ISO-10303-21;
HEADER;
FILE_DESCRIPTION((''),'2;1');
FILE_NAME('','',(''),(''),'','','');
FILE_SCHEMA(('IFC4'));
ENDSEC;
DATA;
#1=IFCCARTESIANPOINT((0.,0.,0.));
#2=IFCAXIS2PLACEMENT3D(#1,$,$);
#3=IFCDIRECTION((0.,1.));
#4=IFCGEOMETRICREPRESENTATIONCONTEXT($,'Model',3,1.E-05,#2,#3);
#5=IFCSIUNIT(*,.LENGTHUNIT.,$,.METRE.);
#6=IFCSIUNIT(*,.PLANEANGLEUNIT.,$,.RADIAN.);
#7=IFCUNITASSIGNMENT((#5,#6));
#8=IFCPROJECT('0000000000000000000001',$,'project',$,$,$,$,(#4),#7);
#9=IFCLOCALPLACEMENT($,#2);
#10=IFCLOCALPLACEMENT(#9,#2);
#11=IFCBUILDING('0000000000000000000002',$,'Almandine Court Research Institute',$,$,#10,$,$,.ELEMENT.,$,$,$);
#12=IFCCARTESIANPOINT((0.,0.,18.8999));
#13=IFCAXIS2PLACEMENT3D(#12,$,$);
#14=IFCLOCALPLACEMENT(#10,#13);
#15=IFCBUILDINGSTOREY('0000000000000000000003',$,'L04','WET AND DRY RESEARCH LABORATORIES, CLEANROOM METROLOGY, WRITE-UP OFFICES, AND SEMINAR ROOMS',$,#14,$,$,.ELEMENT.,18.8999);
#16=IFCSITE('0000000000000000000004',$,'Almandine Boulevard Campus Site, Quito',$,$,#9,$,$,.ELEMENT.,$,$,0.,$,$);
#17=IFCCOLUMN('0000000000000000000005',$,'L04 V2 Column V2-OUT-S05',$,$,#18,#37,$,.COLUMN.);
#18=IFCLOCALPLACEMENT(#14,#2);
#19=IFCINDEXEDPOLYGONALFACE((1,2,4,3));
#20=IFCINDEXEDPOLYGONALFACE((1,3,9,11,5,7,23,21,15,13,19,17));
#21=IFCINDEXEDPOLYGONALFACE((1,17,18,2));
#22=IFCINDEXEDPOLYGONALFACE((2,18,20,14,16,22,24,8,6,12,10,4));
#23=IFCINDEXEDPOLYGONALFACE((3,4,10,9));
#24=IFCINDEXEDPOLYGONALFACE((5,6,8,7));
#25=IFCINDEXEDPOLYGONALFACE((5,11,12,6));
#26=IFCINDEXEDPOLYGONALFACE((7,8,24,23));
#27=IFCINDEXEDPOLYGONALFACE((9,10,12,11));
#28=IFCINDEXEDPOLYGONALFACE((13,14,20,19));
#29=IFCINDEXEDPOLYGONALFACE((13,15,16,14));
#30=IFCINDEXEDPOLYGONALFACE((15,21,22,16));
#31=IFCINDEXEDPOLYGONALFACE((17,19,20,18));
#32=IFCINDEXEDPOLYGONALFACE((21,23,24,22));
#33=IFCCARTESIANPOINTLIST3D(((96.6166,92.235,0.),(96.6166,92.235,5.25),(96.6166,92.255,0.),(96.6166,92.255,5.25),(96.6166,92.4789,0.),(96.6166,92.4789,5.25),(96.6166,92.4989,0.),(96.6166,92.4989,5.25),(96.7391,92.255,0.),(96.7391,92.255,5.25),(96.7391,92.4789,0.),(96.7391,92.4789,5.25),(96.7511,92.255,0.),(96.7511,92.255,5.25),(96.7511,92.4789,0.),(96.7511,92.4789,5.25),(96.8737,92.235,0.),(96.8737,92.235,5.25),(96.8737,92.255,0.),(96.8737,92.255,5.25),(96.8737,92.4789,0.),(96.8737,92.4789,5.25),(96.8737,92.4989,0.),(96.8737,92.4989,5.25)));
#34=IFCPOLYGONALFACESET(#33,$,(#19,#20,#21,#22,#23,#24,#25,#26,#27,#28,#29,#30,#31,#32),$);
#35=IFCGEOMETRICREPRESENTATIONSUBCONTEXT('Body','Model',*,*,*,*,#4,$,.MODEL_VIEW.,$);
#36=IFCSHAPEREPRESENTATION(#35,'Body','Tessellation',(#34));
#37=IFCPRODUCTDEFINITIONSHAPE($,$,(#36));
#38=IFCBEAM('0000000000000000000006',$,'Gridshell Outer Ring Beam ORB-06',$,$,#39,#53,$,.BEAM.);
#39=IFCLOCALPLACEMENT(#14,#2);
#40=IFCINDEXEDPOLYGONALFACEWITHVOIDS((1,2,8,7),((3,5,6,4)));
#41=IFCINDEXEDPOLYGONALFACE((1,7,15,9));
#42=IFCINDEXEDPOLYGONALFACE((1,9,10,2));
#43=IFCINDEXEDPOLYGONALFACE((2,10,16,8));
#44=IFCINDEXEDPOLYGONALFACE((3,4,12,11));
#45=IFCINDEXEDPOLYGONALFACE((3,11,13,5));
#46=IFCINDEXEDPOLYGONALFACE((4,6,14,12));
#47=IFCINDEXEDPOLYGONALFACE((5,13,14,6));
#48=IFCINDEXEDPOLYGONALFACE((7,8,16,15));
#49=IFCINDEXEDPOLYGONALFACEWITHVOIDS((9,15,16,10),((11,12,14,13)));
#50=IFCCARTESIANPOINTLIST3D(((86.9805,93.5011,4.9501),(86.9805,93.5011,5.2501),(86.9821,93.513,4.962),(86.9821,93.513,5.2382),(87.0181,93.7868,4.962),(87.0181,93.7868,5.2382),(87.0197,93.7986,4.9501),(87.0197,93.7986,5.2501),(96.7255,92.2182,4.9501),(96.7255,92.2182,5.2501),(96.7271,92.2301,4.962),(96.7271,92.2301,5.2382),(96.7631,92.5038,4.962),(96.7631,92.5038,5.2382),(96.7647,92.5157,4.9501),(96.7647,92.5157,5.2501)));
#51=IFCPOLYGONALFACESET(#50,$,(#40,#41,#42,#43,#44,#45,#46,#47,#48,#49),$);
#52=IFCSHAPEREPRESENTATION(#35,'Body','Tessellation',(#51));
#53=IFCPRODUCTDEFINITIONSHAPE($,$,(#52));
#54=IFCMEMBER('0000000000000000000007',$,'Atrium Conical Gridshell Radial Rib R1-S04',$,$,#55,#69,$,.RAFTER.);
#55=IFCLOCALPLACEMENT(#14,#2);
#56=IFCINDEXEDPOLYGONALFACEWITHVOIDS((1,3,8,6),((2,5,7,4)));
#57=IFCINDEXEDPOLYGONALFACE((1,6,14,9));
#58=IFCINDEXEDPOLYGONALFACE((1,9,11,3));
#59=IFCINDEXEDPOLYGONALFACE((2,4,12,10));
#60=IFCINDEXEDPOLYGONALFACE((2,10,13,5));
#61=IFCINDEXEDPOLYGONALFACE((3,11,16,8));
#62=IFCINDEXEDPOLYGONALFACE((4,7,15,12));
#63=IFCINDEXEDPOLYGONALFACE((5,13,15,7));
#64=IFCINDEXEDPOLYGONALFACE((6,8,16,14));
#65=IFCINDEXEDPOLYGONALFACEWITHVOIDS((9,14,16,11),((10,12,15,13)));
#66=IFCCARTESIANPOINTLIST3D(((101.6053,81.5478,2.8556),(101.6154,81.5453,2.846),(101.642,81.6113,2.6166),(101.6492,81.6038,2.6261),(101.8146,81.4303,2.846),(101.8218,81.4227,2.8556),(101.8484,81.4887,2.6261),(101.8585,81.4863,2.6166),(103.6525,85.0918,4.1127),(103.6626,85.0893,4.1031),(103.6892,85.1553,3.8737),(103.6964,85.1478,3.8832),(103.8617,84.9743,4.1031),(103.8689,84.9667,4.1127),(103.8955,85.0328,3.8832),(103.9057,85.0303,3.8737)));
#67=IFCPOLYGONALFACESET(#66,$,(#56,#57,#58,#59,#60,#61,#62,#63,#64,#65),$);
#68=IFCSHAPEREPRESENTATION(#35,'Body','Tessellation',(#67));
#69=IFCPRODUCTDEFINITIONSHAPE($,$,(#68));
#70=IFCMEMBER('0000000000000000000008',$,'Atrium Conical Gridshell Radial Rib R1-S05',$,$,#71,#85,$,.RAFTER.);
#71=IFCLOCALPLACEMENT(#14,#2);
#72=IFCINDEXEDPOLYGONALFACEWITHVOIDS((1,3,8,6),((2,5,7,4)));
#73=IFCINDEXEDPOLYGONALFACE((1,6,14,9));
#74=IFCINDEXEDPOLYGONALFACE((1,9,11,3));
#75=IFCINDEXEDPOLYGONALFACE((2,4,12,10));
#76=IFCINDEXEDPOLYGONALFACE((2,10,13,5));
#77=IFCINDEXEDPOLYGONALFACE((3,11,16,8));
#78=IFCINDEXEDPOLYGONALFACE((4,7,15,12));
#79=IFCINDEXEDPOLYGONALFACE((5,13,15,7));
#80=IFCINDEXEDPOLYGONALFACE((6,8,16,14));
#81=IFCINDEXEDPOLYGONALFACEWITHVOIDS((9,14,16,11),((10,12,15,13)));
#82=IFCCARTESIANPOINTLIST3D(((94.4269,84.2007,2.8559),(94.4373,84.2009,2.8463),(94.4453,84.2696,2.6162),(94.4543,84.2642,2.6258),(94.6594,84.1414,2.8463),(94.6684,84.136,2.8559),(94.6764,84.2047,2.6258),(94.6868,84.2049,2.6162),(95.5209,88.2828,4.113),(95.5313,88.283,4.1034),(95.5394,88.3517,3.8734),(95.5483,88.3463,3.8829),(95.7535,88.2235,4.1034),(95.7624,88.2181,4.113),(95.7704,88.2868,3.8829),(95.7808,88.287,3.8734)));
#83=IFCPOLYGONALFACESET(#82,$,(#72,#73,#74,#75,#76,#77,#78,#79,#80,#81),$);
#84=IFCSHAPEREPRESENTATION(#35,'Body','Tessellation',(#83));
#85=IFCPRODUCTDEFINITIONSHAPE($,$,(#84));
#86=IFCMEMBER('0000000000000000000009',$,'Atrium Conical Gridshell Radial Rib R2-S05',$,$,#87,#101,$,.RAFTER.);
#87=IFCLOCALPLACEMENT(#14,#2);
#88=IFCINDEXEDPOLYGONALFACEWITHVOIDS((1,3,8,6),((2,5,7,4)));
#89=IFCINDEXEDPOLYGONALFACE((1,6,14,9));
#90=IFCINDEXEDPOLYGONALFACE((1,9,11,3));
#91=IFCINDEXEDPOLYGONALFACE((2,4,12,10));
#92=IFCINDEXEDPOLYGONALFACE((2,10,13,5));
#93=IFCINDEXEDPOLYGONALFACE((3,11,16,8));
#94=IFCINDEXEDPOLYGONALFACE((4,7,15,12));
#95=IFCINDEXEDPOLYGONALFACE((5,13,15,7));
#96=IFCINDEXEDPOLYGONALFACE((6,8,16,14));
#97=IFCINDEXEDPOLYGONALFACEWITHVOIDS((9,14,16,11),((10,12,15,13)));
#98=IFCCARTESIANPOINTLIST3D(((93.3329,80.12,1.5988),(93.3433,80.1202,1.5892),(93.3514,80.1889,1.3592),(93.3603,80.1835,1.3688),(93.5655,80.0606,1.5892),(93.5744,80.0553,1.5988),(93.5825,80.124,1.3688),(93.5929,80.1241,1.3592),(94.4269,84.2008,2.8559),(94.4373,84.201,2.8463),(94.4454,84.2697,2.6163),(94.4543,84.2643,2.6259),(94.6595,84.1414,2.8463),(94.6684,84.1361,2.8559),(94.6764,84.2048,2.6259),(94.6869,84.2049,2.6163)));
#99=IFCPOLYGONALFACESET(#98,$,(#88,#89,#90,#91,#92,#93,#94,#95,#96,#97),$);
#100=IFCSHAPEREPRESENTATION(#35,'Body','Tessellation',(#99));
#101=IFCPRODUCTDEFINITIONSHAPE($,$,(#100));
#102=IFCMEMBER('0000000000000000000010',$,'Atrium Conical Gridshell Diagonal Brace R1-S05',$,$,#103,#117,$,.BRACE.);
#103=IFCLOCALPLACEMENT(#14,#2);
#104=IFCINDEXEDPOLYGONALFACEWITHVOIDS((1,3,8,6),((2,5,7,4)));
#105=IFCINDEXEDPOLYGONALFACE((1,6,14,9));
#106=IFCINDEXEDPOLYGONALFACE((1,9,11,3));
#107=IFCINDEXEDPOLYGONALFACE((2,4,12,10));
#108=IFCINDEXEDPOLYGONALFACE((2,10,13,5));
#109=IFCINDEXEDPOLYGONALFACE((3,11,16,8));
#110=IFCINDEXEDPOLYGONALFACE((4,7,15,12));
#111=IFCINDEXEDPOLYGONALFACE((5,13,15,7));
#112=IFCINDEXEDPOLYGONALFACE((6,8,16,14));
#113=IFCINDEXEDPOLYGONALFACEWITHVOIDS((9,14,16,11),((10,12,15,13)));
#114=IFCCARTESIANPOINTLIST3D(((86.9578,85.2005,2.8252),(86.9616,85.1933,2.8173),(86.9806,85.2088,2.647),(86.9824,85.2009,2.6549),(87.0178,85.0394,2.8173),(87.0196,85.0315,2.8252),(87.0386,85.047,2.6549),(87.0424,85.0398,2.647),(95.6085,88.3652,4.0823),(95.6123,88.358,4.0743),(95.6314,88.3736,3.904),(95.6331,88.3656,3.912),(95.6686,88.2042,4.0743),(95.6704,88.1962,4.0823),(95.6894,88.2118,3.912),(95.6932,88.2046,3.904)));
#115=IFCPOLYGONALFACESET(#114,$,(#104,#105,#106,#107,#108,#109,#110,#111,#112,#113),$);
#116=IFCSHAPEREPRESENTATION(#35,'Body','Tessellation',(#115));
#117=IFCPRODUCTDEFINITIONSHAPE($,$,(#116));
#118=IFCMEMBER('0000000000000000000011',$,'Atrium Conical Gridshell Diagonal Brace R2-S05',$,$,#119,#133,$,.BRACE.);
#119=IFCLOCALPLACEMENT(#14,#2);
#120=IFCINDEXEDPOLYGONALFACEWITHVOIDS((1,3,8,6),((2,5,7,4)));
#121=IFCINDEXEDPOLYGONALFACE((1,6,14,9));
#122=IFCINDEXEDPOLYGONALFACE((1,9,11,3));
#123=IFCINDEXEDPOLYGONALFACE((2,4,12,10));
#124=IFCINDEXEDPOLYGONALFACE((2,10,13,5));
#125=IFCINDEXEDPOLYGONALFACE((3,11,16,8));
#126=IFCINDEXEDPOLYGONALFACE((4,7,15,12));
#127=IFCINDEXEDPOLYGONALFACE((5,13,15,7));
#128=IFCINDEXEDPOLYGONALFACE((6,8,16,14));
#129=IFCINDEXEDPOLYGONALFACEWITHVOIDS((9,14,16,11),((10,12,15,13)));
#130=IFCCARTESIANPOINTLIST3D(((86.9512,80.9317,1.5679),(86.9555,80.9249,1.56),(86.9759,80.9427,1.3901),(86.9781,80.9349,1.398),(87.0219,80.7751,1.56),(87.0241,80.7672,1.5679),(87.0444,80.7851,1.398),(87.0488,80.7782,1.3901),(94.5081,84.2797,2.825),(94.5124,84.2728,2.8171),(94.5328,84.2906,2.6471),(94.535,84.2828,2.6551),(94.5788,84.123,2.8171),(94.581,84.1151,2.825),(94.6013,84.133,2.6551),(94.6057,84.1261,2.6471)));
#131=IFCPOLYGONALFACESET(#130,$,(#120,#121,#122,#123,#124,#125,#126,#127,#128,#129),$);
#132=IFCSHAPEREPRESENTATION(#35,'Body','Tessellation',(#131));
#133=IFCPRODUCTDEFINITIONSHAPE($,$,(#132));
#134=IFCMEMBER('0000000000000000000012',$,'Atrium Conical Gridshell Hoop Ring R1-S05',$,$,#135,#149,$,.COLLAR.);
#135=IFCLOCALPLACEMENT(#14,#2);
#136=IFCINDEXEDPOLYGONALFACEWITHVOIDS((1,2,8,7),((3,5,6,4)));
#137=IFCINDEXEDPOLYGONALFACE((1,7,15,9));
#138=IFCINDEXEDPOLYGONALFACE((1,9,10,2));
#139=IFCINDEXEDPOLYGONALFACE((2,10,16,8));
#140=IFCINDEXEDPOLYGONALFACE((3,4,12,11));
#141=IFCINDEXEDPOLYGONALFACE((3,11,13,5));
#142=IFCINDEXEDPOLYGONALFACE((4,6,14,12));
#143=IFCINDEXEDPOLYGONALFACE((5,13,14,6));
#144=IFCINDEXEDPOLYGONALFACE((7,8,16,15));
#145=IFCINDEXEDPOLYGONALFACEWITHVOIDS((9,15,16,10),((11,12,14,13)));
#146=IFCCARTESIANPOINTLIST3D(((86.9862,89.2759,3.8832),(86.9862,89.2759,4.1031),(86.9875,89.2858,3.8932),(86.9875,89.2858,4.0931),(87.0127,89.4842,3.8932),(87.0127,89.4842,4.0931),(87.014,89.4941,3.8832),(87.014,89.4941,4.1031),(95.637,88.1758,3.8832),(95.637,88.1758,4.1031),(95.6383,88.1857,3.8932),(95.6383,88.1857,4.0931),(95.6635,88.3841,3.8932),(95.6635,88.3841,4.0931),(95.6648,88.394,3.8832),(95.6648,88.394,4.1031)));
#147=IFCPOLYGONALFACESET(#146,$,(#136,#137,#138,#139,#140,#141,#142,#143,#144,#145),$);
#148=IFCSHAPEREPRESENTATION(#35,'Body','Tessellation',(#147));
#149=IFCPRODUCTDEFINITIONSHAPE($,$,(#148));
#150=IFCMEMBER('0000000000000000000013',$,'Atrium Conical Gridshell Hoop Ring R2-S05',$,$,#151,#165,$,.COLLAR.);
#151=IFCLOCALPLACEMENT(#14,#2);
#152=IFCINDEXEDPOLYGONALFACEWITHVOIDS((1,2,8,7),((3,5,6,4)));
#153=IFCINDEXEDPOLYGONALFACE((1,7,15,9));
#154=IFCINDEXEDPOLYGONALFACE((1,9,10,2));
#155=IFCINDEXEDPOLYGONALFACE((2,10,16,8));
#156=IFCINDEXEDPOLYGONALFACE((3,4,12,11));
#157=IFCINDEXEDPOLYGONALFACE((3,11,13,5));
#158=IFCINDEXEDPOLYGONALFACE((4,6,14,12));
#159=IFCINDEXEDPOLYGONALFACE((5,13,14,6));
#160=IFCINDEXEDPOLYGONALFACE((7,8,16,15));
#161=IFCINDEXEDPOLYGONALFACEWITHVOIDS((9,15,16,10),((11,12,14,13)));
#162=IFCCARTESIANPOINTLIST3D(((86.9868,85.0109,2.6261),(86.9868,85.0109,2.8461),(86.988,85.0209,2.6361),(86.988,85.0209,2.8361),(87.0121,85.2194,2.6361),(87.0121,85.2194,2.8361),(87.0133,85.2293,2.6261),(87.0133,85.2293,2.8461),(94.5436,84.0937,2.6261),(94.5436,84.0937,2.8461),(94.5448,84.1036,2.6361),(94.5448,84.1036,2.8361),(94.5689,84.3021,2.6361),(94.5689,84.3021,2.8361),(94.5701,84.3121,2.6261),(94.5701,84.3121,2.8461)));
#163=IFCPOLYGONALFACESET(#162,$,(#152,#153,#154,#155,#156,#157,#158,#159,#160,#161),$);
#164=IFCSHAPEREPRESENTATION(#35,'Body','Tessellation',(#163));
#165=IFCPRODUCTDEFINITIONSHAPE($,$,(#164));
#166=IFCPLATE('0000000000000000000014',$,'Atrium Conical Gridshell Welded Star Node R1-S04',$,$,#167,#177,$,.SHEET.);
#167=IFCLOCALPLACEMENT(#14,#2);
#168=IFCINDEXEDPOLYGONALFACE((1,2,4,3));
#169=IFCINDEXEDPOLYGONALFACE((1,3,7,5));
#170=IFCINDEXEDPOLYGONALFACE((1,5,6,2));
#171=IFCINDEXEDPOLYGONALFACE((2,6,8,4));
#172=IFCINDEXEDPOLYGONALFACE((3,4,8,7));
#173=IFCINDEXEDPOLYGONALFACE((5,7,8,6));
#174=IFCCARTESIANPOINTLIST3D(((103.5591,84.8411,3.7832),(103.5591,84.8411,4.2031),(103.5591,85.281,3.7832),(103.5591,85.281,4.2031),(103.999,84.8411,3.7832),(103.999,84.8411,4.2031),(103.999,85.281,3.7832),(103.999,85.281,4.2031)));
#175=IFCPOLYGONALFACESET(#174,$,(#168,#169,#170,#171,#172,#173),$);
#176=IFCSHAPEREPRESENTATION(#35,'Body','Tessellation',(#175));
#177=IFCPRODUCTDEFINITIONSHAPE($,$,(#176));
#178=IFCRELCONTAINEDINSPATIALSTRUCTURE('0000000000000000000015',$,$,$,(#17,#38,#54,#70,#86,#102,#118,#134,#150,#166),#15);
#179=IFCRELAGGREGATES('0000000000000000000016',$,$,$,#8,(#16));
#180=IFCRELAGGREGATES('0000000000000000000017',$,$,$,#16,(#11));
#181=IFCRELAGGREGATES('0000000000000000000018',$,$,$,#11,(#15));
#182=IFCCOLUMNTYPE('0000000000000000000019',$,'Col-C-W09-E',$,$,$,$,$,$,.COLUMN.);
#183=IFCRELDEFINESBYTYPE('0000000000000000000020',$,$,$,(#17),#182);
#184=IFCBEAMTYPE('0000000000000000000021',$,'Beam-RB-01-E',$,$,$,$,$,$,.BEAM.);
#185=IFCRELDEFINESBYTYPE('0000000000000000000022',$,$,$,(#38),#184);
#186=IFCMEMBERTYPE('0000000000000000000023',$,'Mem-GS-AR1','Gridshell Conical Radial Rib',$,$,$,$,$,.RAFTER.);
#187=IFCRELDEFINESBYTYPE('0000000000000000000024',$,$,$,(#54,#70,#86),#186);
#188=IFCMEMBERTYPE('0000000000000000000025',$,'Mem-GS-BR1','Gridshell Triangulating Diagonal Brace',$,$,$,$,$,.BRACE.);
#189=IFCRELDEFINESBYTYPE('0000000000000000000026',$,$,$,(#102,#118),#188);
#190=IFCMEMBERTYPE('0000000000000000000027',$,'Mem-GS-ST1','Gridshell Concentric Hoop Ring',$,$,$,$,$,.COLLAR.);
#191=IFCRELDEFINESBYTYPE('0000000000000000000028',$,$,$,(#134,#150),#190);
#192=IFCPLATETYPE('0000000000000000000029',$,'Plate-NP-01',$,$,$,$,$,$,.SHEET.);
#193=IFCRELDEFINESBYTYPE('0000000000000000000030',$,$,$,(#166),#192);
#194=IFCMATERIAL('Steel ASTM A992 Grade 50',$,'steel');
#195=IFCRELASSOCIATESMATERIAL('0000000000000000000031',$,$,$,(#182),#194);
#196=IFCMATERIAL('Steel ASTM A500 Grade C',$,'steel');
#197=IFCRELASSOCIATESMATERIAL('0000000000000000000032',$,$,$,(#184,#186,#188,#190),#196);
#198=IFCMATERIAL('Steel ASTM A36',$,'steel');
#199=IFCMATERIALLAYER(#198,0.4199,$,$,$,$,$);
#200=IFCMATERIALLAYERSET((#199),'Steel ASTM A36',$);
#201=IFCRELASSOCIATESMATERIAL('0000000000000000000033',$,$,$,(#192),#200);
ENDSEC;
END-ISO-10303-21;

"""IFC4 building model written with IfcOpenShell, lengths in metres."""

from ifc_helpers import new_model, si_unit, direction, frame, origin, origin_2d, place, context, subcontext, project, spatial, rectangle, hollow_rectangle, i_section, extrude, material, layer, layer_set, material_profile, profile_set, type_object, element, save


model = new_model("IFC4")

# Units and contexts
model_context = context("Model", 3, precision=1e-05, world=origin(), true_north=direction((0.0, 1.0)))
body_context = subcontext(model_context, "Body", "Model", "MODEL_VIEW")
ifc_project = project(units=[si_unit("LENGTHUNIT", "METRE"), si_unit("PLANEANGLEUNIT", "RADIAN")], contexts=[model_context])

# Site, building, storey
site_placement = place(None, origin())
site = spatial("IfcSite", under=ifc_project, at=site_placement, Name="Almandine Boulevard Campus Site, Quito", CompositionType="ELEMENT", RefElevation=0.0)
building_placement = place(site_placement, origin())
building = spatial("IfcBuilding", under=site, at=building_placement, Name="Almandine Court Research Institute", CompositionType="ELEMENT")
storey_placement = place(building_placement, frame((0.0, 0.0, 18.8999)))
storey = spatial("IfcBuildingStorey", under=building, at=storey_placement, Name="L04", Description="WET AND DRY RESEARCH LABORATORIES, CLEANROOM METROLOGY, WRITE-UP OFFICES, AND SEMINAR ROOMS", CompositionType="ELEMENT", Elevation=18.8999)

# Column
ifc_material_1 = material(Name="Steel ASTM A992 Grade 50", Category="steel")
ifc_material_profile_1 = material_profile(ifc_material_1, i_section(OverallWidth=0.2571, OverallDepth=0.2639, WebThickness=0.012, FlangeThickness=0.02, at=origin_2d()), Name="W250x101")
ifc_profile_set_1 = profile_set([ifc_material_profile_1], Name="Steel ASTM A992 Grade 50")
column_type = type_object("IfcColumnType", Name="Col-C-W09-E", PredefinedType="COLUMN", material=ifc_profile_set_1)
column_placement = place(storey_placement, frame((96.7451, 92.3669, 0.0), z_axis=(0.0, 0.0, 1.0), x_axis=(1.0, 0.0, 0.0)))
element("IfcColumn", 1, at=column_placement, inside=storey, type_object=column_type, Name="L04 V2 Column V2-OUT-S05", PredefinedType="COLUMN", context=body_context, shape_type="SweptSolid", body=[
    extrude(i_section(OverallWidth=0.2571, OverallDepth=0.2639, WebThickness=0.012, FlangeThickness=0.02, at=origin_2d()), origin(), (0.0, 0.0, 1.0), 5.25),
])

# Beam
ifc_material_2 = material(Name="Steel ASTM A500 Grade C", Category="steel")
ifc_material_profile_2 = material_profile(ifc_material_2, hollow_rectangle(XDim=0.3, YDim=0.3, WallThickness=0.012, at=origin_2d()), Name="HSS 300x300x12")
ifc_profile_set_2 = profile_set([ifc_material_profile_2], Name="Steel ASTM A500 Grade C")
beam_type = type_object("IfcBeamType", Name="Beam-RB-01-E", PredefinedType="BEAM", material=ifc_profile_set_2)
beam_placement = place(storey_placement, frame((96.7451, 92.3669, 5.1001), z_axis=(-0.991445, 0.130525, 0.0), x_axis=(-0.130525, -0.991445, 0.0)))
element("IfcBeam", 2, at=beam_placement, inside=storey, type_object=beam_type, Name="Gridshell Outer Ring Beam ORB-06", PredefinedType="BEAM", context=body_context, shape_type="SweptSolid", body=[
    extrude(hollow_rectangle(XDim=0.3, YDim=0.3, WallThickness=0.012, at=origin_2d()), origin(), (0.0, 0.0, 1.0), 9.8291),
])

# Members
ifc_material_profile_3 = material_profile(ifc_material_2, hollow_rectangle(XDim=0.25, YDim=0.25, WallThickness=0.01, at=origin_2d()), Name="HSS 250x250x10")
ifc_profile_set_3 = profile_set([ifc_material_profile_3], Name="Steel ASTM A500 Grade C")
member_type_1 = type_object("IfcMemberType", Name="Mem-GS-AR1", Description="Gridshell Conical Radial Rib", PredefinedType="RAFTER", material=ifc_profile_set_3)
member_1_placement = place(storey_placement, frame((103.7791, 85.061, 3.9932), z_axis=(-0.478141, -0.827751, -0.293613), x_axis=(0.865917, -0.500187, 0.0)))
element("IfcMember", 3, at=member_1_placement, inside=storey, type_object=member_type_1, Name="Atrium Conical Gridshell Radial Rib R1-S04", PredefinedType="RAFTER", context=body_context, shape_type="SweptSolid", body=[
    extrude(hollow_rectangle(XDim=0.25, YDim=0.25, WallThickness=0.01, at=origin_2d()), origin(), (0.0, 0.0, 1.0), 4.2815),
])
member_2_placement = place(storey_placement, frame((95.6509, 88.2849, 3.9932), z_axis=(-0.248123, -0.925822, -0.285111), x_axis=(0.965913, -0.258867, 0.0)))
element("IfcMember", 4, at=member_2_placement, inside=storey, type_object=member_type_1, Name="Atrium Conical Gridshell Radial Rib R1-S05", PredefinedType="RAFTER", context=body_context, shape_type="SweptSolid", body=[
    extrude(hollow_rectangle(XDim=0.25, YDim=0.25, WallThickness=0.01, at=origin_2d()), origin(), (0.0, 0.0, 1.0), 4.4092),
])
member_3_placement = place(storey_placement, frame((94.5569, 84.2029, 2.7361), z_axis=(-0.248186, -0.925783, -0.285184), x_axis=(0.965894, -0.258939, 0.0)))
element("IfcMember", 5, at=member_3_placement, inside=storey, type_object=member_type_1, Name="Atrium Conical Gridshell Radial Rib R2-S05", PredefinedType="RAFTER", context=body_context, shape_type="SweptSolid", body=[
    extrude(hollow_rectangle(XDim=0.25, YDim=0.25, WallThickness=0.01, at=origin_2d()), origin(), (0.0, 0.0, 1.0), 4.408),
])
ifc_material_profile_4 = material_profile(ifc_material_2, hollow_rectangle(XDim=0.1799, YDim=0.1799, WallThickness=0.0081, at=origin_2d()), Name="HSS 180x180x8")
ifc_profile_set_4 = profile_set([ifc_material_profile_4], Name="Steel ASTM A500 Grade C")
member_type_2 = type_object("IfcMemberType", Name="Mem-GS-BR1", Description="Gridshell Triangulating Diagonal Brace", PredefinedType="BRACE", material=ifc_profile_set_4)
member_4_placement = place(storey_placement, frame((95.6509, 88.2849, 3.9932), z_axis=(-0.930504, -0.340411, -0.135214), x_axis=(0.343566, -0.939128, 0.0)))
element("IfcMember", 6, at=member_4_placement, inside=storey, type_object=member_type_2, Name="Atrium Conical Gridshell Diagonal Brace R1-S05", PredefinedType="BRACE", context=body_context, shape_type="SweptSolid", body=[
    extrude(hollow_rectangle(XDim=0.1799, YDim=0.1799, WallThickness=0.0081, at=origin_2d()), origin(), (0.0, 0.0, 1.0), 9.2969),
])
member_5_placement = place(storey_placement, frame((94.5569, 84.2029, 2.7361), z_axis=(-0.903897, -0.400451, -0.150362), x_axis=(0.405056, -0.914292, 0.0)))
element("IfcMember", 7, at=member_5_placement, inside=storey, type_object=member_type_2, Name="Atrium Conical Gridshell Diagonal Brace R2-S05", PredefinedType="BRACE", context=body_context, shape_type="SweptSolid", body=[
    extrude(hollow_rectangle(XDim=0.1799, YDim=0.1799, WallThickness=0.0081, at=origin_2d()), origin(), (0.0, 0.0, 1.0), 8.3604),
])
ifc_material_profile_5 = material_profile(ifc_material_2, hollow_rectangle(XDim=0.22, YDim=0.22, WallThickness=0.01, at=origin_2d()), Name="HSS 220x220x10")
ifc_profile_set_5 = profile_set([ifc_material_profile_5], Name="Steel ASTM A500 Grade C")
member_type_3 = type_object("IfcMemberType", Name="Mem-GS-ST1", Description="Gridshell Concentric Hoop Ring", PredefinedType="COLLAR", material=ifc_profile_set_5)
member_6_placement = place(storey_placement, frame((95.6509, 88.2849, 3.9932), z_axis=(-0.992011, 0.12615, 0.0), x_axis=(-0.12615, -0.992011, 0.0)))
element("IfcMember", 8, at=member_6_placement, inside=storey, type_object=member_type_3, Name="Atrium Conical Gridshell Hoop Ring R1-S05", PredefinedType="COLLAR", context=body_context, shape_type="SweptSolid", body=[
    extrude(hollow_rectangle(XDim=0.22, YDim=0.22, WallThickness=0.01, at=origin_2d()), origin(), (0.0, 0.0, 1.0), 8.7205),
])
member_7_placement = place(storey_placement, frame((94.5569, 84.2029, 2.7361), z_axis=(-0.992714, 0.120493, 0.0), x_axis=(-0.120493, -0.992714, 0.0)))
element("IfcMember", 9, at=member_7_placement, inside=storey, type_object=member_type_3, Name="Atrium Conical Gridshell Hoop Ring R2-S05", PredefinedType="COLLAR", context=body_context, shape_type="SweptSolid", body=[
    extrude(hollow_rectangle(XDim=0.22, YDim=0.22, WallThickness=0.01, at=origin_2d()), origin(), (0.0, 0.0, 1.0), 7.6123),
])

# Plate
ifc_material_3 = material(Name="Steel ASTM A36", Category="steel")
ifc_layer_1 = layer(ifc_material_3, 0.4199)
ifc_layer_set_1 = layer_set([ifc_layer_1], Name="Steel ASTM A36")
plate_type = type_object("IfcPlateType", Name="Plate-NP-01", PredefinedType="SHEET", material=ifc_layer_set_1)
for number, where, z_axis, x_axis, name in (
    (10, (103.7791, 85.061, 3.7832), (0.0, 0.0, 1.0), (1.0, 0.0, 0.0), "Atrium Conical Gridshell Welded Star Node R1-S04"),
):
    element("IfcPlate", number, at=place(storey_placement, frame(where, z_axis=z_axis, x_axis=x_axis)), inside=storey, type_object=plate_type, Name=name, PredefinedType="SHEET", context=body_context, shape_type="SweptSolid", body=[
        extrude(rectangle(XDim=0.4399, YDim=0.4399, at=origin_2d()), origin(), (0.0, 0.0, 1.0), 0.4199),
    ])

save(model, "model.ifc")
